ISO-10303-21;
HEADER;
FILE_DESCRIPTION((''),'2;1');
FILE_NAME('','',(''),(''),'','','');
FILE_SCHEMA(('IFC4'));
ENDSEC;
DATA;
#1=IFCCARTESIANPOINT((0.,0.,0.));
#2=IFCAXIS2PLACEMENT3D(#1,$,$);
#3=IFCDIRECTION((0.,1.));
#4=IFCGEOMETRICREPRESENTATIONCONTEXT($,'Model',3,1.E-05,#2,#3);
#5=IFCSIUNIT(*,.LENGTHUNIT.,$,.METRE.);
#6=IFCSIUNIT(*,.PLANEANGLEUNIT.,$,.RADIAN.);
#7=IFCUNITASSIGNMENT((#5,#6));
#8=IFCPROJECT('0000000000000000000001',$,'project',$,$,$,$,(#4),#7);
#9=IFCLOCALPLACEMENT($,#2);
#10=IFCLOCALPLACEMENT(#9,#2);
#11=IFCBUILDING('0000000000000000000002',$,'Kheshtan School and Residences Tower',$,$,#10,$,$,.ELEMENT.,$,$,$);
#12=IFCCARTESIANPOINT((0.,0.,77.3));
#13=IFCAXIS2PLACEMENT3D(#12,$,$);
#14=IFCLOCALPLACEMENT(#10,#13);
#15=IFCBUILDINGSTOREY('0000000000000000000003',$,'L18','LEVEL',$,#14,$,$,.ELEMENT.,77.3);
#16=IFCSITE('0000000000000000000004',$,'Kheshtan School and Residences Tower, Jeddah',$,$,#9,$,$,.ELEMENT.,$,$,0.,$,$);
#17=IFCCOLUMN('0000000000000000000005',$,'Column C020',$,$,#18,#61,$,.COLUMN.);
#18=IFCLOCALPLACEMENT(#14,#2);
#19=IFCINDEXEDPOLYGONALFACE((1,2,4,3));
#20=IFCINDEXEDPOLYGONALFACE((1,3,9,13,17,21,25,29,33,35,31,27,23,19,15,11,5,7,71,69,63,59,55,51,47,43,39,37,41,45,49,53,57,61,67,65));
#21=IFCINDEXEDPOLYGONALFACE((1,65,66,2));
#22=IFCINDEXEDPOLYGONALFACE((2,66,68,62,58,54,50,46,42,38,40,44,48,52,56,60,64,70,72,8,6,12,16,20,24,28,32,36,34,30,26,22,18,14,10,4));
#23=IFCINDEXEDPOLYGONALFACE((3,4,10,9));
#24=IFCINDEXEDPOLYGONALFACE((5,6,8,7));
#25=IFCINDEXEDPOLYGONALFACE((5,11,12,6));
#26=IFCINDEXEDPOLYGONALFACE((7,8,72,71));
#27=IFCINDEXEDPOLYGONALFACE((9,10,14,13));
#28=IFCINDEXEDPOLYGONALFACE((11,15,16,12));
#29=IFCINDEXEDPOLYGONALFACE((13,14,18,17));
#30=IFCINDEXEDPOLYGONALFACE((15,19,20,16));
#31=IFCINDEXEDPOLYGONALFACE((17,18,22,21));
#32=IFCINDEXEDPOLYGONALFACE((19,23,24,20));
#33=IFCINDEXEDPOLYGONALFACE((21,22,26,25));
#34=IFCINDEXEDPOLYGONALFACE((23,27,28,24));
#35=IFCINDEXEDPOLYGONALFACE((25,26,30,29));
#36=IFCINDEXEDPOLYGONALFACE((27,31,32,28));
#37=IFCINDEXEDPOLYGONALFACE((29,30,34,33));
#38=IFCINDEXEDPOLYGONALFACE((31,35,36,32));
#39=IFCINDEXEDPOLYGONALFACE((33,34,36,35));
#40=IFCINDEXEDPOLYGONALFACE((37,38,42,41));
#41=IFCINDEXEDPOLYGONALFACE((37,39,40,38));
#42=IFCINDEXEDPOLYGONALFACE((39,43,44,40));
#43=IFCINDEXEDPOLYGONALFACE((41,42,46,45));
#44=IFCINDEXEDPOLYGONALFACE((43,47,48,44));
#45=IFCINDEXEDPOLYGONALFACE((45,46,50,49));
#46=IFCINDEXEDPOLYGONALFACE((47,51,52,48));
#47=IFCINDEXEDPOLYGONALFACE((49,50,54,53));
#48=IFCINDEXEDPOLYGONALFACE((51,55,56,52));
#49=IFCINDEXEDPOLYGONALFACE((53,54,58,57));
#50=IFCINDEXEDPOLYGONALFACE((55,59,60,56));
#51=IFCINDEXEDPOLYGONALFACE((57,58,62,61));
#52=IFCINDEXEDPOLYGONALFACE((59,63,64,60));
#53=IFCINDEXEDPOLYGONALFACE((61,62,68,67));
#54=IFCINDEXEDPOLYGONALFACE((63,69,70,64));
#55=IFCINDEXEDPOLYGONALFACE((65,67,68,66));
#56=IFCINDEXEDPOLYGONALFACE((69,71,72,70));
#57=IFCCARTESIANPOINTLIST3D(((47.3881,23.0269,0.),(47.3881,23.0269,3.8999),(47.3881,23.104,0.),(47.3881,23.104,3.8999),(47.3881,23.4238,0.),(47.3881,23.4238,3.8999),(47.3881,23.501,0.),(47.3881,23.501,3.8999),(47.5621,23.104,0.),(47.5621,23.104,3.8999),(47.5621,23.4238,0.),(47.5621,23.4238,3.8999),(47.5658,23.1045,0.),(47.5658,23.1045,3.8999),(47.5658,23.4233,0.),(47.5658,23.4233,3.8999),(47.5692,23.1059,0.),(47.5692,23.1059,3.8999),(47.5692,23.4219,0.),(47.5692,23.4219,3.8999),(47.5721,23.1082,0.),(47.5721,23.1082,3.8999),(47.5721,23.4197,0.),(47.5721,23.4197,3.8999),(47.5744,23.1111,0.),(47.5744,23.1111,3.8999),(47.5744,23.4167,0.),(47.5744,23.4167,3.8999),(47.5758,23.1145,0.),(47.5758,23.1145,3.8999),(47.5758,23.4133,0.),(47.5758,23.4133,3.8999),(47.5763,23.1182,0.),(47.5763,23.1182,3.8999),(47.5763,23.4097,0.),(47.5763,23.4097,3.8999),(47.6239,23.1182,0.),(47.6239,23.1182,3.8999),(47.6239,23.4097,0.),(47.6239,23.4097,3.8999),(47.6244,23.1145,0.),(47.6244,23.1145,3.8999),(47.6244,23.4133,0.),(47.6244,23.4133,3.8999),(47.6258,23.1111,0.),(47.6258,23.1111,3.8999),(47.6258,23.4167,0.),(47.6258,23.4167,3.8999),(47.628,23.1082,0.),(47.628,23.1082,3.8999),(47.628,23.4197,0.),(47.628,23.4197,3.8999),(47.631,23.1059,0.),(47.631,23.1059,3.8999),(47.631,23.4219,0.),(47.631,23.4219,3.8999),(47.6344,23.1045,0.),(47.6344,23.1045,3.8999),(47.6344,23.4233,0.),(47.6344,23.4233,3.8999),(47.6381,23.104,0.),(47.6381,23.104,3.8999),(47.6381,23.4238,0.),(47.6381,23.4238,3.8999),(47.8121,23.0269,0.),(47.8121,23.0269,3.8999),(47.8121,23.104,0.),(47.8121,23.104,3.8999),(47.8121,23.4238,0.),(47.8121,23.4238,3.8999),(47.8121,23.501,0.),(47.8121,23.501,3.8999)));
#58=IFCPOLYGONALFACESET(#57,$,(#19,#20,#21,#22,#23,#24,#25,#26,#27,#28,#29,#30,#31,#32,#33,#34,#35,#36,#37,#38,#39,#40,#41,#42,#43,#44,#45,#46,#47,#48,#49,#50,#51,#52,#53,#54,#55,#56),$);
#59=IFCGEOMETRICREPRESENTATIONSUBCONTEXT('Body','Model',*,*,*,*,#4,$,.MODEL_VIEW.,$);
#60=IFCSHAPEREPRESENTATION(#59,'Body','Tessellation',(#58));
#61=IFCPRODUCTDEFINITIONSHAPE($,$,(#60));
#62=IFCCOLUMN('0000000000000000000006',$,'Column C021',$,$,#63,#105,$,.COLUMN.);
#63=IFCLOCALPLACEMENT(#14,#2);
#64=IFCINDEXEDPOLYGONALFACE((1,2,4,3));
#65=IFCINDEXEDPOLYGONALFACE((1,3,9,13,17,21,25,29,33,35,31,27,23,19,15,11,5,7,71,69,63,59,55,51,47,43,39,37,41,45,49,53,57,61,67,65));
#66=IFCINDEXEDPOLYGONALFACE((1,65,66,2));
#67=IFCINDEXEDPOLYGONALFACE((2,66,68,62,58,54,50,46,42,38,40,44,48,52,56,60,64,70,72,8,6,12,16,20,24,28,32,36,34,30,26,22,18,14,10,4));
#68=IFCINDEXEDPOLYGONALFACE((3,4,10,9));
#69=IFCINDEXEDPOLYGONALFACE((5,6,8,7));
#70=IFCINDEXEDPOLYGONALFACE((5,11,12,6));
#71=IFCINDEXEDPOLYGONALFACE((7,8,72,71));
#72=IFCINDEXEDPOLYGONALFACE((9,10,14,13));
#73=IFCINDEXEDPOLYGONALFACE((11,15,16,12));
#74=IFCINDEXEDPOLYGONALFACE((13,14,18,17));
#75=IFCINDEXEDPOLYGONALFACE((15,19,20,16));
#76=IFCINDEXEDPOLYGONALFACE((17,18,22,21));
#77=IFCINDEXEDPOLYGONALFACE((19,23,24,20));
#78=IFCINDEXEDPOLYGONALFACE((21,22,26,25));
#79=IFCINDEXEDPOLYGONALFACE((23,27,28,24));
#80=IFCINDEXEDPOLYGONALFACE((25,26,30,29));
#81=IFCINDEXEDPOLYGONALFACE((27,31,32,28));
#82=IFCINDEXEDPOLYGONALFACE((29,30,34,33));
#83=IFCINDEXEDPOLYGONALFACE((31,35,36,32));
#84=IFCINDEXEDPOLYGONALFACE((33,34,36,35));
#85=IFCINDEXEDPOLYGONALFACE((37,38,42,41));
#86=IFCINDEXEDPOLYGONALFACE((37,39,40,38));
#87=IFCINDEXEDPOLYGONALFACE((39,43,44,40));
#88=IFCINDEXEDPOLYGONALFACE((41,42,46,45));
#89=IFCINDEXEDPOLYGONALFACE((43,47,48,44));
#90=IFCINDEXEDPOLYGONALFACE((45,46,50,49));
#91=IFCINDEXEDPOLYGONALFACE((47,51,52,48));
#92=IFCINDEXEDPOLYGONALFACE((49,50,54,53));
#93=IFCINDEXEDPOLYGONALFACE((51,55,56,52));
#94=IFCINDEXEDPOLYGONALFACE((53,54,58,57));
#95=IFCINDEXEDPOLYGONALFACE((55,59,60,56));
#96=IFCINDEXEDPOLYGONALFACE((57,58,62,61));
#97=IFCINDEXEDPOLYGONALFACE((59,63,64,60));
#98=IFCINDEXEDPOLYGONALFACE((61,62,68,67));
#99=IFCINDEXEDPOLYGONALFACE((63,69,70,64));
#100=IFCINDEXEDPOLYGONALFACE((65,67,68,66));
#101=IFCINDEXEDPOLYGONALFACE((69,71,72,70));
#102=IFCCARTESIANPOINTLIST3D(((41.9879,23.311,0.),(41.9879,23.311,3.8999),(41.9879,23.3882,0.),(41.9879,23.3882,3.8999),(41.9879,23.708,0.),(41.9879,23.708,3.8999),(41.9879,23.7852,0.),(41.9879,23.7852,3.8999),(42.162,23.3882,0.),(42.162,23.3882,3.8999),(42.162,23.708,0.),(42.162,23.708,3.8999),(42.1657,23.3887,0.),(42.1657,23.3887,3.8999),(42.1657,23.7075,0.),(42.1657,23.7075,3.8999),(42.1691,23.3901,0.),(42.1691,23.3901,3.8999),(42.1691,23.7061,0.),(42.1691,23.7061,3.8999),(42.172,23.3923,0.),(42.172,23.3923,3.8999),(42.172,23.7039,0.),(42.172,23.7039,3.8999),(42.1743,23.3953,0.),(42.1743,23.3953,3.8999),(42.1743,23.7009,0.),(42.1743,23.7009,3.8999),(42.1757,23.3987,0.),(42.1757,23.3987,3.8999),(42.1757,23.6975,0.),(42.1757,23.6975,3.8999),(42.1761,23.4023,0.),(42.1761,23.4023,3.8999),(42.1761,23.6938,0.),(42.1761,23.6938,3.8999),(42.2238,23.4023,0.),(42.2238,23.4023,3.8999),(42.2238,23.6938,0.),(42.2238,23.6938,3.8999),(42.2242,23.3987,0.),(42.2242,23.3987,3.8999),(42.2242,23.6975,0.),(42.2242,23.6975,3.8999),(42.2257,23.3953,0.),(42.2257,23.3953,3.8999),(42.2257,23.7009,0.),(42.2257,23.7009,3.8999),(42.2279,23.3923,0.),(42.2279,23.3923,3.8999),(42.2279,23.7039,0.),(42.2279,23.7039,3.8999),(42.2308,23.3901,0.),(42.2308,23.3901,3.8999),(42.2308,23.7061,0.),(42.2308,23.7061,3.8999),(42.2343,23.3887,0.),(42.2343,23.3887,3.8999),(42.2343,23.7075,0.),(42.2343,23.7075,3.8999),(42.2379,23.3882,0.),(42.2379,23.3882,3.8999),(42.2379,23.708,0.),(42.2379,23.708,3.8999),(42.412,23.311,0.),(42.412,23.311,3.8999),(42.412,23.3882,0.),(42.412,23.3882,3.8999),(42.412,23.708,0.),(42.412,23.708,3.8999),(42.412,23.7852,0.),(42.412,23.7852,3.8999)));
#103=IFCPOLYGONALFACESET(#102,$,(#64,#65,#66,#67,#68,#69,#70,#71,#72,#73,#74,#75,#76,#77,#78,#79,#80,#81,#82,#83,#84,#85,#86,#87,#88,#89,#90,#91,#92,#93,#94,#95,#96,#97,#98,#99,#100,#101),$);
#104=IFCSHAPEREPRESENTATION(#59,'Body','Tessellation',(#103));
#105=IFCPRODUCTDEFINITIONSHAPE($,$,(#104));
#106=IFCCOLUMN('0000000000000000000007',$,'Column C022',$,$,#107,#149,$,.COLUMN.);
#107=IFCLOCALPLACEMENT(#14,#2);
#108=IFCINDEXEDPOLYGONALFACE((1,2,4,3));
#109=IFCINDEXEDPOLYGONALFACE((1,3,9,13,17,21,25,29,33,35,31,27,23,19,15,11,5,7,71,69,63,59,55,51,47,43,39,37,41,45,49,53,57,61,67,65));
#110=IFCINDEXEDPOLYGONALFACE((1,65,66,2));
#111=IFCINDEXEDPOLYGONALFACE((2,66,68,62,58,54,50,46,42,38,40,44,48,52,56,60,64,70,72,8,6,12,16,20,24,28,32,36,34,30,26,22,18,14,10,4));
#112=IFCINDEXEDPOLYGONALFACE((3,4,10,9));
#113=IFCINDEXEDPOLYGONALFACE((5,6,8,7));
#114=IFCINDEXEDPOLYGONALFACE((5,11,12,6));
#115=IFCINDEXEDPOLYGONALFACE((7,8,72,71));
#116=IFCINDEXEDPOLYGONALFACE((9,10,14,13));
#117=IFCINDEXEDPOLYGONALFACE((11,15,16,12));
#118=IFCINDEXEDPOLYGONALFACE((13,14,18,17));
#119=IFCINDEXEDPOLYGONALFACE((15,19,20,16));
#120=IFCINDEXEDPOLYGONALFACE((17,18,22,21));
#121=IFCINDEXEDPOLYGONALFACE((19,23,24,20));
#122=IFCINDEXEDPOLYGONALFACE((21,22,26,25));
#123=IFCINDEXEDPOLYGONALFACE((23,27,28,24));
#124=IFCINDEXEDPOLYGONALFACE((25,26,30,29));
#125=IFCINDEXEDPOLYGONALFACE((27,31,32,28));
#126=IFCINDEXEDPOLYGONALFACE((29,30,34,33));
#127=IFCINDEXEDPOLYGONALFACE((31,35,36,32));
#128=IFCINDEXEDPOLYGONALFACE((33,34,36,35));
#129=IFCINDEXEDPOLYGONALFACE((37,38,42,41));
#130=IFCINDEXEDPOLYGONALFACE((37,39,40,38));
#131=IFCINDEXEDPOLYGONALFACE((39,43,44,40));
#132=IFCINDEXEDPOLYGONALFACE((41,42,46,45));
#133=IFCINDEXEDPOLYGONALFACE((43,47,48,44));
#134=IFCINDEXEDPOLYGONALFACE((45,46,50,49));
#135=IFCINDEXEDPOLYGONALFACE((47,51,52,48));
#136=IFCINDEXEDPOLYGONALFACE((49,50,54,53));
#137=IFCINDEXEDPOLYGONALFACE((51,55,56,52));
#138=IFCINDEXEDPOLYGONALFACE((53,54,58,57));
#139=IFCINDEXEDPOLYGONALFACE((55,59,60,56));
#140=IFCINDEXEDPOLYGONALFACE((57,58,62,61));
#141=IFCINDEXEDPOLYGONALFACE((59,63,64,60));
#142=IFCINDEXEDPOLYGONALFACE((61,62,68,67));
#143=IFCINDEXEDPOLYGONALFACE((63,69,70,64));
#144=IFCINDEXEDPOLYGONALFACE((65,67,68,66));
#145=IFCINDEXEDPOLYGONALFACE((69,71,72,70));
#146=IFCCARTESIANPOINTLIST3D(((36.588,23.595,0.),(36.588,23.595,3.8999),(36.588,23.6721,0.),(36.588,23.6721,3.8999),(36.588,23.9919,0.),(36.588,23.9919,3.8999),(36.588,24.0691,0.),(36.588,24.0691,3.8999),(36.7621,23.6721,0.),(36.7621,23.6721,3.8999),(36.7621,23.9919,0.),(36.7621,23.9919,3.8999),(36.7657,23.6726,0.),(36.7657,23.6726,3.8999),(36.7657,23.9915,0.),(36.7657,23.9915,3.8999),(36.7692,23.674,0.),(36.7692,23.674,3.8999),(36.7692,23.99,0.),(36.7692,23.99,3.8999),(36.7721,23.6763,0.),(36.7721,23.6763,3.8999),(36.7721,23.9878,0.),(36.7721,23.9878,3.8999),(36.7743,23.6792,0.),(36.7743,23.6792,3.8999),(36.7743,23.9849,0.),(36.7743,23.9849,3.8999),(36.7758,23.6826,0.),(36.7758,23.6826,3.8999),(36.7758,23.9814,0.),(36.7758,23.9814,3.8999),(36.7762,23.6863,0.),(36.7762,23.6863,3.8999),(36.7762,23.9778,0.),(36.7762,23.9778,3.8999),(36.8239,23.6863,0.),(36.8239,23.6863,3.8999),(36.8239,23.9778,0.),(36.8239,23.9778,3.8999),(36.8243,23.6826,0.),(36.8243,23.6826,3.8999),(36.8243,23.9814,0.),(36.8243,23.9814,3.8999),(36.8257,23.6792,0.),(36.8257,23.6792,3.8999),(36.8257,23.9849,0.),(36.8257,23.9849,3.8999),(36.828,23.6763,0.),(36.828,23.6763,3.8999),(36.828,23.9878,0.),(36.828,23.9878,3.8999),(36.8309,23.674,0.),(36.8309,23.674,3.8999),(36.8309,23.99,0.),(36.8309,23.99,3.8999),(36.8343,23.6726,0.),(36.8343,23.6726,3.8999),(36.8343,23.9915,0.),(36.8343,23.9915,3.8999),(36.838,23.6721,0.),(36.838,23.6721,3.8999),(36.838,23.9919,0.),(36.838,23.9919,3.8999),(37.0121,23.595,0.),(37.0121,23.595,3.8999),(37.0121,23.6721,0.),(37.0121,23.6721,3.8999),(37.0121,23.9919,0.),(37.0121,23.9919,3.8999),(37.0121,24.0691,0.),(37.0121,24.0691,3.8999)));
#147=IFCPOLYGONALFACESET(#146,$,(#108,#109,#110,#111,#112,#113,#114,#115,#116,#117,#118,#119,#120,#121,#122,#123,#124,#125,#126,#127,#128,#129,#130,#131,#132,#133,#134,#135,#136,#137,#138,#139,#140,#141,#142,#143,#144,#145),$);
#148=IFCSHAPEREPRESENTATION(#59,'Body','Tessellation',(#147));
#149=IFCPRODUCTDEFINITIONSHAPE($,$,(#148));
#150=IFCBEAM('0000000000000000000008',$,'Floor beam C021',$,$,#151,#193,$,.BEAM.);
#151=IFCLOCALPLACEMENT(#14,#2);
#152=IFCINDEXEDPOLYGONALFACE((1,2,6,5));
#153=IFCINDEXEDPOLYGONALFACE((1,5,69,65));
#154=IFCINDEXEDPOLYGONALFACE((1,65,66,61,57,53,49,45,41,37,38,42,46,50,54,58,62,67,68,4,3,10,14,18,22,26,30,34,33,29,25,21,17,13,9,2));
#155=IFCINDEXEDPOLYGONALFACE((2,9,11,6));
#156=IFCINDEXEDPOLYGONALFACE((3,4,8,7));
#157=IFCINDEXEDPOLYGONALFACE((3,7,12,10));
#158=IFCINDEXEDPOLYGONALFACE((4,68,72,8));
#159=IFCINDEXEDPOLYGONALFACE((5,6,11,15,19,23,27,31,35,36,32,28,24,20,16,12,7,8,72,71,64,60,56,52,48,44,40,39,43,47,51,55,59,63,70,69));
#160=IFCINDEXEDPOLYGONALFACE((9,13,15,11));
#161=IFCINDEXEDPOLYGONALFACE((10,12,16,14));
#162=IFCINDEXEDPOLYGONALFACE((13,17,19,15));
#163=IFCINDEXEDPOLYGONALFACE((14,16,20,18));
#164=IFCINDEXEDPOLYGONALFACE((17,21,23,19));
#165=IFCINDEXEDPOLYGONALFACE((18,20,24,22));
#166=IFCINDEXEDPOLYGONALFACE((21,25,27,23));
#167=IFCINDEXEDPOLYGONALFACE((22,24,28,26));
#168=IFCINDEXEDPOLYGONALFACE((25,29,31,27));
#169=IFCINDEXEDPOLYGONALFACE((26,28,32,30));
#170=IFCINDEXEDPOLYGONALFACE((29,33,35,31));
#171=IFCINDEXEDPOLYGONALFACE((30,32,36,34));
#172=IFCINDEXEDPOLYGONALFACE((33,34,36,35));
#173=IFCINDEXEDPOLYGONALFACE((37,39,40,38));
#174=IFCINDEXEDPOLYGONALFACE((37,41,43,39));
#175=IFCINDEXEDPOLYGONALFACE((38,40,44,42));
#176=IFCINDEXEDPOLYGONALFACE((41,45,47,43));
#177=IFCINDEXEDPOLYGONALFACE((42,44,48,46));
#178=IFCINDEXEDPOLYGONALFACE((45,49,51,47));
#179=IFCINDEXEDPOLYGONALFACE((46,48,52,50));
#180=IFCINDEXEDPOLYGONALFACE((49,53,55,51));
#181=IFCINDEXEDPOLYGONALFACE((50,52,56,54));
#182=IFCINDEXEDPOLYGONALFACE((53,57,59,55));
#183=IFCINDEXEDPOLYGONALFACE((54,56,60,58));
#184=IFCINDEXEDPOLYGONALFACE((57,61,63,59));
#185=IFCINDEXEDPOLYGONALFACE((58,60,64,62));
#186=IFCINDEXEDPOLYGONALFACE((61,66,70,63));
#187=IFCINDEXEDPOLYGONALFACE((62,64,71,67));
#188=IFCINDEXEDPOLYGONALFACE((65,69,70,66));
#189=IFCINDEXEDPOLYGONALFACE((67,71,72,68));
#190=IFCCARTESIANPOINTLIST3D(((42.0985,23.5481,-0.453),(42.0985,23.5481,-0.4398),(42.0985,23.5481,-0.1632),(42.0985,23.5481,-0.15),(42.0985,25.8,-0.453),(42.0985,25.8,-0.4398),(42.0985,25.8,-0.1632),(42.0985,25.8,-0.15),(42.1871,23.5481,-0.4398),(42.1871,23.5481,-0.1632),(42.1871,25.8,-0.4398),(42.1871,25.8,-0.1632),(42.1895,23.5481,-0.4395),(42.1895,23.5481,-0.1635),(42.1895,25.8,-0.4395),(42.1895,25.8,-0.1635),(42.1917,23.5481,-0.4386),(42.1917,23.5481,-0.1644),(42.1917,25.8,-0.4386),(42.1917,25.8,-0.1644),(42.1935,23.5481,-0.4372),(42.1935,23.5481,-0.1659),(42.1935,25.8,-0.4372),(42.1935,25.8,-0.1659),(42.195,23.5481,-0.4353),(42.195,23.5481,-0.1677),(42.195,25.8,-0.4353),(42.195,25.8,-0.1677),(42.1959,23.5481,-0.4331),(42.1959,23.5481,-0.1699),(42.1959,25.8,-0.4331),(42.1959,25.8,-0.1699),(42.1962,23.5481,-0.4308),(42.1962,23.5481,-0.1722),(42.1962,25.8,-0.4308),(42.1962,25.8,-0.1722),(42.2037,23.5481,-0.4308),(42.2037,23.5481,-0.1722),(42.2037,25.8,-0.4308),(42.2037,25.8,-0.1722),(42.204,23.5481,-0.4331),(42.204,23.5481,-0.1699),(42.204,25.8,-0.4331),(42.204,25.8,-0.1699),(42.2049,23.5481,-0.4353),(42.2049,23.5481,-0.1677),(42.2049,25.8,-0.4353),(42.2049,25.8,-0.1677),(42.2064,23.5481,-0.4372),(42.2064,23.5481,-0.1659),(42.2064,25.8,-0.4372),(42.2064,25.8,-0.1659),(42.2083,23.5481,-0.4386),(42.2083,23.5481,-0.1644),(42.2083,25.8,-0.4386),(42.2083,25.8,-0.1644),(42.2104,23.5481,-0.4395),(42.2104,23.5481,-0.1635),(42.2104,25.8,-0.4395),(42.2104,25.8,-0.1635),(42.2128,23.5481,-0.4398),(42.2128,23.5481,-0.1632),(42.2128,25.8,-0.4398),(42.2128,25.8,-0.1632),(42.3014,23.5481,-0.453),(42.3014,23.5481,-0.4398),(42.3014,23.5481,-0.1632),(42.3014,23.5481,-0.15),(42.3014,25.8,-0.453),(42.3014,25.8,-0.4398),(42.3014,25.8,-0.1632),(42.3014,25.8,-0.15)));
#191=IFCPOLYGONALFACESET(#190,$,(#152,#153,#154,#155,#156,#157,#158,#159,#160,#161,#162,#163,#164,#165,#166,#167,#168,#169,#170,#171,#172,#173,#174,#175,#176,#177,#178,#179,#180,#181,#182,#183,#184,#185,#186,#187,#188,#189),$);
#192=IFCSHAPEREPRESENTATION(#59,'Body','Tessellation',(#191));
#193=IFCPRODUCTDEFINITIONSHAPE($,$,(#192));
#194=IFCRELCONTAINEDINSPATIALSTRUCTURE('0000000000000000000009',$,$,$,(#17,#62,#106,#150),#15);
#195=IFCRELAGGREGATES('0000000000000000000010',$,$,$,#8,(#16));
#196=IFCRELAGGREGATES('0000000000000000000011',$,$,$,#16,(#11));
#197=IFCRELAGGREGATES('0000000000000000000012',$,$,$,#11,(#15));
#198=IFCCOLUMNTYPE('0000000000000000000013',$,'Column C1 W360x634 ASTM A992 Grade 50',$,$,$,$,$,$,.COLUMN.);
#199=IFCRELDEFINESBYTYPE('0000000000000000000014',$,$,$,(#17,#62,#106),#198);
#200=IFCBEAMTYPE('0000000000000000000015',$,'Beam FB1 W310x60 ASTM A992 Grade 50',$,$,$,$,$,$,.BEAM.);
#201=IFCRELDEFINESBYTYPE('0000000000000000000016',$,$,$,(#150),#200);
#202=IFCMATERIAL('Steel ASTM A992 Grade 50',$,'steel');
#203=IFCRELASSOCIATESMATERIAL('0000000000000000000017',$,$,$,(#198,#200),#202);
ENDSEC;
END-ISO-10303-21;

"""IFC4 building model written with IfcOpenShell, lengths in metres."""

from ifc_helpers import new_model, si_unit, direction, frame, origin, origin_2d, place, context, subcontext, project, spatial, i_section, extrude, material, material_profile, profile_set, type_object, element, save


model = new_model("IFC4")

# Units and contexts
model_context = context("Model", 3, precision=1e-05, world=origin(), true_north=direction((0.0, 1.0)))
body_context = subcontext(model_context, "Body", "Model", "MODEL_VIEW")
ifc_project = project(units=[si_unit("LENGTHUNIT", "METRE"), si_unit("PLANEANGLEUNIT", "RADIAN")], contexts=[model_context])

# Site, building, storey
site_placement = place(None, origin())
site = spatial("IfcSite", under=ifc_project, at=site_placement, Name="Kheshtan School and Residences Tower, Jeddah", CompositionType="ELEMENT", RefElevation=0.0)
building_placement = place(site_placement, origin())
building = spatial("IfcBuilding", under=site, at=building_placement, Name="Kheshtan School and Residences Tower", CompositionType="ELEMENT")
storey_placement = place(building_placement, frame((0.0, 0.0, 77.3)))
storey = spatial("IfcBuildingStorey", under=building, at=storey_placement, Name="L18", Description="LEVEL", CompositionType="ELEMENT", Elevation=77.3)

# Columns
ifc_material_1 = material(Name="Steel ASTM A992 Grade 50", Category="steel")
ifc_material_profile_1 = material_profile(ifc_material_1, i_section(OverallWidth=0.4241, OverallDepth=0.4741, WebThickness=0.0476, FlangeThickness=0.0771, FilletRadius=0.0142, at=origin_2d()), Name="W360x634")
ifc_profile_set_1 = profile_set([ifc_material_profile_1], Name="Steel ASTM A992 Grade 50")
column_type = type_object("IfcColumnType", Name="Column C1 W360x634 ASTM A992 Grade 50", PredefinedType="COLUMN", material=ifc_profile_set_1)
for number, where, z_axis, x_axis, name in (
    (1, (47.6001, 23.2639, 0.0), (0.0, 0.0, 1.0), (1.0, 0.0, 0.0), "Column C020"),
    (2, (42.2, 23.5481, 0.0), (0.0, 0.0, 1.0), (1.0, 0.0, 0.0), "Column C021"),
    (3, (36.8, 23.832, 0.0), (0.0, 0.0, 1.0), (1.0, 0.0, 0.0), "Column C022"),
):
    element("IfcColumn", number, at=place(storey_placement, frame(where, z_axis=z_axis, x_axis=x_axis)), inside=storey, type_object=column_type, Name=name, PredefinedType="COLUMN", context=body_context, shape_type="SweptSolid", body=[
        extrude(i_section(OverallWidth=0.4241, OverallDepth=0.4741, WebThickness=0.0476, FlangeThickness=0.0771, FilletRadius=0.0142, at=origin_2d()), origin(), (0.0, 0.0, 1.0), 3.8999),
    ])

# Beam
ifc_material_profile_2 = material_profile(ifc_material_1, i_section(OverallWidth=0.2029, OverallDepth=0.303, WebThickness=0.0076, FlangeThickness=0.0132, FilletRadius=0.009, at=origin_2d()), Name="W310x60")
ifc_profile_set_2 = profile_set([ifc_material_profile_2], Name="Steel ASTM A992 Grade 50")
beam_type_1 = type_object("IfcBeamType", Name="Beam FB1 W310x60 ASTM A992 Grade 50", PredefinedType="BEAM", material=ifc_profile_set_2)
beam_1_placement = place(storey_placement, frame((42.2, 23.5481, -0.3015), z_axis=(0.0, 1.0, 0.0), x_axis=(-1.0, 0.0, 0.0)))
element("IfcBeam", 4, at=beam_1_placement, inside=storey, type_object=beam_type_1, Name="Floor beam C021", PredefinedType="BEAM", context=body_context, shape_type="SweptSolid", body=[
    extrude(i_section(OverallWidth=0.2029, OverallDepth=0.303, WebThickness=0.0076, FlangeThickness=0.0132, FilletRadius=0.009, at=origin_2d()), origin(), (0.0, 0.0, 1.0), 2.252),
])

save(model, "model.ifc")
